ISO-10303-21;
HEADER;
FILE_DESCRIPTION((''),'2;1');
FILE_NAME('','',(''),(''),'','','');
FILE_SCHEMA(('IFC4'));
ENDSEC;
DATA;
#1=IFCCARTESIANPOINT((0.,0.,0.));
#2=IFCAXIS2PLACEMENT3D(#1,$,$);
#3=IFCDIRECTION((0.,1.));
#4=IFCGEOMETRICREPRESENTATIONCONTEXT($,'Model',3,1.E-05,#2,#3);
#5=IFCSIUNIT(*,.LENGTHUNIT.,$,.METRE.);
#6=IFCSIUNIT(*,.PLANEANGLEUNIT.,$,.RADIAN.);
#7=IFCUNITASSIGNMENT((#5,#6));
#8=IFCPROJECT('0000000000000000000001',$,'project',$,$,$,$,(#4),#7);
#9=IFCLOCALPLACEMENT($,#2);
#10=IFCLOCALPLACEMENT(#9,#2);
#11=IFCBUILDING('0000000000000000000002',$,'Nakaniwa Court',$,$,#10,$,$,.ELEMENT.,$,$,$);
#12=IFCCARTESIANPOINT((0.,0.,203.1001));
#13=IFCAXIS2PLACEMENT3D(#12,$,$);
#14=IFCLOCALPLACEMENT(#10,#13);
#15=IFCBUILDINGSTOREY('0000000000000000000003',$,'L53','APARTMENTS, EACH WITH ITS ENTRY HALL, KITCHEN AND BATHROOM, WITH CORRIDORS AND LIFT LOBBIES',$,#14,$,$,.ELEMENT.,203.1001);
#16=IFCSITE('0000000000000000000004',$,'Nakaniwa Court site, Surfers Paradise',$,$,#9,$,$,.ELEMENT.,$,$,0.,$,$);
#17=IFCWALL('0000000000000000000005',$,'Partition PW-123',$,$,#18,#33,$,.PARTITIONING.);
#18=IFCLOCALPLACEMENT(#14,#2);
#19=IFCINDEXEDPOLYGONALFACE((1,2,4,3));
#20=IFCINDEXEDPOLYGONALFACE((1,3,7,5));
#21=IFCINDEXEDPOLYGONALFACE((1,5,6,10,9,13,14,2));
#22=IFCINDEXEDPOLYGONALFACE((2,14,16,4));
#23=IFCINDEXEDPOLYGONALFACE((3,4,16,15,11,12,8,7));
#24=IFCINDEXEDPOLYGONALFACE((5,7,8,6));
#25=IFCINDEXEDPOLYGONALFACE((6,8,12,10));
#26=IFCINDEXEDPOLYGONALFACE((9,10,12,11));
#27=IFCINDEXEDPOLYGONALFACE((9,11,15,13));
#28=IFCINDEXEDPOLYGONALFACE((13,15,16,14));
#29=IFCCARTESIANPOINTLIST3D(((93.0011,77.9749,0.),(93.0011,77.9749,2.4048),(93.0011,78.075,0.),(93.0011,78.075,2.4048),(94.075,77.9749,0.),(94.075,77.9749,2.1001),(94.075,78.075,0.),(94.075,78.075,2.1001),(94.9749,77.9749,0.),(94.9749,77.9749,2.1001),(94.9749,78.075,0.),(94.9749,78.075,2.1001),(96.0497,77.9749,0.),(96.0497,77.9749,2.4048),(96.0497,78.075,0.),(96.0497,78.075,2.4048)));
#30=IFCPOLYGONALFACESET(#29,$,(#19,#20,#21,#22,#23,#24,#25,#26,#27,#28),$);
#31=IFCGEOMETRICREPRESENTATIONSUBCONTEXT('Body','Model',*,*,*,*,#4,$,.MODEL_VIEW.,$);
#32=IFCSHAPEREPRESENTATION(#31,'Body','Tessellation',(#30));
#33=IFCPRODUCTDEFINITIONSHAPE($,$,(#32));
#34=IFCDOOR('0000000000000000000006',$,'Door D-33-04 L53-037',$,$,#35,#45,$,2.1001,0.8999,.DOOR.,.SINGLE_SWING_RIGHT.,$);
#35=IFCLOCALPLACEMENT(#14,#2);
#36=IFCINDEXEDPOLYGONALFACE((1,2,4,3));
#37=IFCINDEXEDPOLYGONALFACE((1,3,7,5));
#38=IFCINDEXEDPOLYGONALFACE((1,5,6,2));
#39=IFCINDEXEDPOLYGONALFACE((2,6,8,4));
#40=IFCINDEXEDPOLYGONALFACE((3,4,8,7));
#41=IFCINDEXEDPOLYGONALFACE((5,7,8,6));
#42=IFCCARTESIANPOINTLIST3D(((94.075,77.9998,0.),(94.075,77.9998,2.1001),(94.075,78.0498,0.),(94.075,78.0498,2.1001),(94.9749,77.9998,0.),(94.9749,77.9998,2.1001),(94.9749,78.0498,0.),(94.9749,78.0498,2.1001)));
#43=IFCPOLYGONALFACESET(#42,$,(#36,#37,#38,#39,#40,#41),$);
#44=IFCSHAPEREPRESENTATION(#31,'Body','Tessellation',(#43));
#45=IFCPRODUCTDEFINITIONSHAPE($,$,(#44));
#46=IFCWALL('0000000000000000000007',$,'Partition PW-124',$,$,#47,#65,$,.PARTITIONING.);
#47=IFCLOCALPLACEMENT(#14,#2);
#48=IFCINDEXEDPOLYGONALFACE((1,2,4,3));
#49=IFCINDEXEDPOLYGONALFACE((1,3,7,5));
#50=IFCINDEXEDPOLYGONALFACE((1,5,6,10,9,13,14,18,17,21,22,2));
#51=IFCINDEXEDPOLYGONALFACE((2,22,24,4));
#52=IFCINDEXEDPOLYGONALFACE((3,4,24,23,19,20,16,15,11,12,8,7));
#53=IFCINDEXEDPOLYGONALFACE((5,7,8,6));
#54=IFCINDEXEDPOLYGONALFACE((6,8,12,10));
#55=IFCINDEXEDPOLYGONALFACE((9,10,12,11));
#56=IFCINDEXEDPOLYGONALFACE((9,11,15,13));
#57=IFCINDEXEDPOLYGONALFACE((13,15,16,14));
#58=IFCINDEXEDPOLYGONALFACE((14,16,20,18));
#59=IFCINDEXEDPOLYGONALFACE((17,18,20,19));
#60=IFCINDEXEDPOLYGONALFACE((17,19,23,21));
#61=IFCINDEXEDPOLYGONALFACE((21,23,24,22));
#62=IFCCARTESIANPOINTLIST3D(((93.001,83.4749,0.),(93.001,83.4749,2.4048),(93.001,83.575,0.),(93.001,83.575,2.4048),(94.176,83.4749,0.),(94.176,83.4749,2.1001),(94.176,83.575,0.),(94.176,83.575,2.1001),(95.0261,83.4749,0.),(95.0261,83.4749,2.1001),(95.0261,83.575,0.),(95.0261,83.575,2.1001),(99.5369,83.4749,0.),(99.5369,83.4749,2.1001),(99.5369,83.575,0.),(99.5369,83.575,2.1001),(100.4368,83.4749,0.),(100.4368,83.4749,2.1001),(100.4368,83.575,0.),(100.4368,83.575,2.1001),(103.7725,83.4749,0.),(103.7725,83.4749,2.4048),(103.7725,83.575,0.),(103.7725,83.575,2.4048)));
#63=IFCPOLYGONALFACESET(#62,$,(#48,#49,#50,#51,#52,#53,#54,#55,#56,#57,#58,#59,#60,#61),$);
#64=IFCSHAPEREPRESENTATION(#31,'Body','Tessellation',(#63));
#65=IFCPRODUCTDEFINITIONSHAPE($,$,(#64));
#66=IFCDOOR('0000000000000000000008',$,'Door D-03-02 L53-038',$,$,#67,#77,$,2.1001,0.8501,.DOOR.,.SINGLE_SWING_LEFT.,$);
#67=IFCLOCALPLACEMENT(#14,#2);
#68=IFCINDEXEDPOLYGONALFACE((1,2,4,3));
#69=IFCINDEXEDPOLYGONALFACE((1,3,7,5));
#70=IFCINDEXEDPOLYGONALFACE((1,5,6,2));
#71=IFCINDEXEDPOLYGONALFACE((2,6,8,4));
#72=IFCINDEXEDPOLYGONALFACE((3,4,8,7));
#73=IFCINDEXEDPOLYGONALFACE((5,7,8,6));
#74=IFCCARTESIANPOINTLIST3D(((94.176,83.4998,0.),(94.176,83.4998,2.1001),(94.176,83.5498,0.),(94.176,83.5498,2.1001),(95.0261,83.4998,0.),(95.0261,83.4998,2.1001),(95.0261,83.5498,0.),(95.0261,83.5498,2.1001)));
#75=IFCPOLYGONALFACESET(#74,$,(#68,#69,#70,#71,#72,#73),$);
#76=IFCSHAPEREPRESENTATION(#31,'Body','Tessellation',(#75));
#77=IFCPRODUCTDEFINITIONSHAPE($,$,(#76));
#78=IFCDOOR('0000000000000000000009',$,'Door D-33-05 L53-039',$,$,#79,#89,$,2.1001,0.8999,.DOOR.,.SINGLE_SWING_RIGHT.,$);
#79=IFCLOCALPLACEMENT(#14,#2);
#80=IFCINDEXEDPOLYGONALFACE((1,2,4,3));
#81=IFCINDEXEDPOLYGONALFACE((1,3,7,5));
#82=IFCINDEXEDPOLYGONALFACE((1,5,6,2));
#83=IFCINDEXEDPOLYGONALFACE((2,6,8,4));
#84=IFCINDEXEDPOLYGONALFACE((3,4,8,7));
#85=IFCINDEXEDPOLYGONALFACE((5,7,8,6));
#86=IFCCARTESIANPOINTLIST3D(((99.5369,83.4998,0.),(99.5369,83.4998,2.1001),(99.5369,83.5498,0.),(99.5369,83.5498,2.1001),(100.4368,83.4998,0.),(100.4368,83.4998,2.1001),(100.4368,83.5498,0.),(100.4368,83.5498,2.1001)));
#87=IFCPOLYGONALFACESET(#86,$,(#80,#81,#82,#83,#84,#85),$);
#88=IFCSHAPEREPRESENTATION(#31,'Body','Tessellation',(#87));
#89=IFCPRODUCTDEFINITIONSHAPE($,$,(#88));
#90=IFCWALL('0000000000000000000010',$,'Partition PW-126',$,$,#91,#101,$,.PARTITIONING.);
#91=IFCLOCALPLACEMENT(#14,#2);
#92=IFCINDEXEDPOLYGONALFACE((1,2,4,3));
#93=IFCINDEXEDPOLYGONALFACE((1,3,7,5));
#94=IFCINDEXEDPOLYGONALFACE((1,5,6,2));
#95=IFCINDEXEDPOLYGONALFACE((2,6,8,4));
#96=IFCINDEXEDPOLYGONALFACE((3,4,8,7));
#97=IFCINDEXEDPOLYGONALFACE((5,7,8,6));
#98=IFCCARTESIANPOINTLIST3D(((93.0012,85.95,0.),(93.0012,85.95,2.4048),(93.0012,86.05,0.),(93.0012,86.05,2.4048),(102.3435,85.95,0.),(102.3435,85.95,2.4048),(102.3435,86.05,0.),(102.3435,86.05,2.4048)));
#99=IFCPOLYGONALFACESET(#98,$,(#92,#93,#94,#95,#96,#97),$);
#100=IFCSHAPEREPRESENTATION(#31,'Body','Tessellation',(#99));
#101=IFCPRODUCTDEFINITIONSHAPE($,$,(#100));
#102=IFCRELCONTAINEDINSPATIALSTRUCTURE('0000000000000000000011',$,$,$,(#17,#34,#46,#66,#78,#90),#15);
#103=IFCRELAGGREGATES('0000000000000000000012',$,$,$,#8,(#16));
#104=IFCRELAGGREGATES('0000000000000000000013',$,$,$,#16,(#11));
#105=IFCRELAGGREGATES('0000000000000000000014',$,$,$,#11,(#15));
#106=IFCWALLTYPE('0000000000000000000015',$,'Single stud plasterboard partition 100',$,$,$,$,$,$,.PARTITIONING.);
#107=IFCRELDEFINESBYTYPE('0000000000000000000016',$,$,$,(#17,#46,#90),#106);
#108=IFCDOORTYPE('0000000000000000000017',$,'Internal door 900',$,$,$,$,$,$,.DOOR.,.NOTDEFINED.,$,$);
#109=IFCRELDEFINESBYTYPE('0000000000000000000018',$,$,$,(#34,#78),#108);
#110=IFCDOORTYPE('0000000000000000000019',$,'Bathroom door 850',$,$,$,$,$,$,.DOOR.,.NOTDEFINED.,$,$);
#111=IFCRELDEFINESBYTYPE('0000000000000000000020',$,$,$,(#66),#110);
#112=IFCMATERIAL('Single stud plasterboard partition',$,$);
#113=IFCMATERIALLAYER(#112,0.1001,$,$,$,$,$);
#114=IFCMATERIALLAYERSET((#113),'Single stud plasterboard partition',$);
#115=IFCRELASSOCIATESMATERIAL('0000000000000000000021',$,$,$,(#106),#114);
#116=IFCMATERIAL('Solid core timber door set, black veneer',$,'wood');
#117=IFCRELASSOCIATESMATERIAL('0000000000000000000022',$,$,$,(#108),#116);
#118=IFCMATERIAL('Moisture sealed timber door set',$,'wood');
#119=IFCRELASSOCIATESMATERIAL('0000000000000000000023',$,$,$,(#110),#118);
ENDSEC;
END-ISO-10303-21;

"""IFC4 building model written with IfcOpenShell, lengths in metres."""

from ifc_helpers import new_model, si_unit, direction, frame, frame_2d, origin, place, context, subcontext, project, spatial, rectangle, extrude, material, layer, layer_set, type_object, element, fill, save


model = new_model("IFC4")

# Units and contexts
model_context = context("Model", 3, precision=1e-05, world=origin(), true_north=direction((0.0, 1.0)))
body_context = subcontext(model_context, "Body", "Model", "MODEL_VIEW")
ifc_project = project(units=[si_unit("LENGTHUNIT", "METRE"), si_unit("PLANEANGLEUNIT", "RADIAN")], contexts=[model_context])

# Site, building, storey
site_placement = place(None, origin())
site = spatial("IfcSite", under=ifc_project, at=site_placement, Name="Nakaniwa Court site, Surfers Paradise", CompositionType="ELEMENT", RefElevation=0.0)
building_placement = place(site_placement, origin())
building = spatial("IfcBuilding", under=site, at=building_placement, Name="Nakaniwa Court", CompositionType="ELEMENT")
storey_placement = place(building_placement, frame((0.0, 0.0, 203.1001)))
storey = spatial("IfcBuildingStorey", under=building, at=storey_placement, Name="L53", Description="APARTMENTS, EACH WITH ITS ENTRY HALL, KITCHEN AND BATHROOM, WITH CORRIDORS AND LIFT LOBBIES", CompositionType="ELEMENT", Elevation=203.1001)

# Shared definitions
ifc_material_1 = material(Name="Solid core timber door set, black veneer", Category="wood")

# Wall, opening, door
ifc_material_2 = material(Name="Single stud plasterboard partition")
ifc_layer_1 = layer(ifc_material_2, 0.1001)
ifc_layer_set_1 = layer_set([ifc_layer_1], Name="Single stud plasterboard partition")
wall_type_1 = type_object("IfcWallType", Name="Single stud plasterboard partition 100", PredefinedType="PARTITIONING", material=ifc_layer_set_1)
wall_1_placement = place(storey_placement, frame((93.001, 78.0249, 0.0), z_axis=(0.0, 0.0, 1.0), x_axis=(1.0, 0.0, 0.0)))
wall_1 = element("IfcWall", 1, at=wall_1_placement, inside=storey, type_object=wall_type_1, Name="Partition PW-123", PredefinedType="PARTITIONING", context=body_context, shape_type="SweptSolid", body=[
    extrude(rectangle(XDim=3.0486, YDim=0.1001, at=frame_2d((1.5244, 0.0))), origin(), (0.0, 0.0, 1.0), 2.4048),
])
opening_1_placement = place(wall_1_placement, frame((1.074, 0.0, 0.0)))
opening_1 = element("IfcOpeningElement", 2, at=opening_1_placement, cuts=wall_1, PredefinedType="OPENING", context=body_context, shape_type="SweptSolid", body=[
    extrude(rectangle(XDim=0.8999, YDim=2.1001, at=frame_2d((0.45, 1.05))), frame((0.0, 0.0601, 0.0), z_axis=(0.0, -1.0, 0.0), x_axis=(1.0, 0.0, 0.0)), (0.0, 0.0, 1.0), 0.1201),
])
door_type_1 = type_object("IfcDoorType", Name="Internal door 900", OperationType="NOTDEFINED", PredefinedType="DOOR", material=ifc_material_1)
door_1_placement = place(opening_1_placement, origin())
door_1 = element("IfcDoor", 3, at=door_1_placement, inside=storey, type_object=door_type_1, Name="Door D-33-04 L53-037", OperationType="SINGLE_SWING_RIGHT", OverallHeight=2.1001, OverallWidth=0.8999, PredefinedType="DOOR", context=body_context, shape_type="SweptSolid", body=[
    extrude(rectangle(XDim=0.8999, YDim=2.1001, at=frame_2d((0.45, 1.05))), frame((0.0, 0.0249, 0.0), z_axis=(0.0, -1.0, 0.0), x_axis=(1.0, 0.0, 0.0)), (0.0, 0.0, 1.0), 0.05),
])
fill(opening_1, door_1)

# Wall, openings, doors
wall_2_placement = place(storey_placement, frame((93.001, 83.5249, 0.0), z_axis=(0.0, 0.0, 1.0), x_axis=(1.0, 0.0, 0.0)))
wall_2 = element("IfcWall", 4, at=wall_2_placement, inside=storey, type_object=wall_type_1, Name="Partition PW-124", PredefinedType="PARTITIONING", context=body_context, shape_type="SweptSolid", body=[
    extrude(rectangle(XDim=10.7715, YDim=0.1001, at=frame_2d((5.3857, 0.0))), origin(), (0.0, 0.0, 1.0), 2.4048),
])
opening_2_placement = place(wall_2_placement, frame((1.175, 0.0, 0.0)))
opening_2 = element("IfcOpeningElement", 5, at=opening_2_placement, cuts=wall_2, PredefinedType="OPENING", context=body_context, shape_type="SweptSolid", body=[
    extrude(rectangle(XDim=0.8501, YDim=2.1001, at=frame_2d((0.425, 1.05))), frame((0.0, 0.0601, 0.0), z_axis=(0.0, -1.0, 0.0), x_axis=(1.0, 0.0, 0.0)), (0.0, 0.0, 1.0), 0.1201),
])
opening_3_placement = place(wall_2_placement, frame((6.5359, 0.0, 0.0)))
opening_3 = element("IfcOpeningElement", 6, at=opening_3_placement, cuts=wall_2, PredefinedType="OPENING", context=body_context, shape_type="SweptSolid", body=[
    extrude(rectangle(XDim=0.8999, YDim=2.1001, at=frame_2d((0.45, 1.05))), frame((0.0, 0.0601, 0.0), z_axis=(0.0, -1.0, 0.0), x_axis=(1.0, 0.0, 0.0)), (0.0, 0.0, 1.0), 0.1201),
])
ifc_material_3 = material(Name="Moisture sealed timber door set", Category="wood")
door_type_2 = type_object("IfcDoorType", Name="Bathroom door 850", OperationType="NOTDEFINED", PredefinedType="DOOR", material=ifc_material_3)
door_2_placement = place(opening_2_placement, origin())
door_2 = element("IfcDoor", 7, at=door_2_placement, inside=storey, type_object=door_type_2, Name="Door D-03-02 L53-038", OperationType="SINGLE_SWING_LEFT", OverallHeight=2.1001, OverallWidth=0.8501, PredefinedType="DOOR", context=body_context, shape_type="SweptSolid", body=[
    extrude(rectangle(XDim=0.8501, YDim=2.1001, at=frame_2d((0.425, 1.05))), frame((0.0, 0.0249, 0.0), z_axis=(0.0, -1.0, 0.0), x_axis=(1.0, 0.0, 0.0)), (0.0, 0.0, 1.0), 0.05),
])
fill(opening_2, door_2)
door_3_placement = place(opening_3_placement, origin())
door_3 = element("IfcDoor", 8, at=door_3_placement, inside=storey, type_object=door_type_1, Name="Door D-33-05 L53-039", OperationType="SINGLE_SWING_RIGHT", OverallHeight=2.1001, OverallWidth=0.8999, PredefinedType="DOOR", context=body_context, shape_type="SweptSolid", body=[
    extrude(rectangle(XDim=0.8999, YDim=2.1001, at=frame_2d((0.45, 1.05))), frame((0.0, 0.0249, 0.0), z_axis=(0.0, -1.0, 0.0), x_axis=(1.0, 0.0, 0.0)), (0.0, 0.0, 1.0), 0.05),
])
fill(opening_3, door_3)

# Wall
wall_3_placement = place(storey_placement, frame((93.0012, 86.0, 0.0), z_axis=(0.0, 0.0, 1.0), x_axis=(1.0, 0.0, 0.0)))
element("IfcWall", 9, at=wall_3_placement, inside=storey, type_object=wall_type_1, Name="Partition PW-126", PredefinedType="PARTITIONING", context=body_context, shape_type="SweptSolid", body=[
    extrude(rectangle(XDim=9.3423, YDim=0.1001, at=frame_2d((4.6711, 0.0))), origin(), (0.0, 0.0, 1.0), 2.4048),
])

save(model, "model.ifc")
